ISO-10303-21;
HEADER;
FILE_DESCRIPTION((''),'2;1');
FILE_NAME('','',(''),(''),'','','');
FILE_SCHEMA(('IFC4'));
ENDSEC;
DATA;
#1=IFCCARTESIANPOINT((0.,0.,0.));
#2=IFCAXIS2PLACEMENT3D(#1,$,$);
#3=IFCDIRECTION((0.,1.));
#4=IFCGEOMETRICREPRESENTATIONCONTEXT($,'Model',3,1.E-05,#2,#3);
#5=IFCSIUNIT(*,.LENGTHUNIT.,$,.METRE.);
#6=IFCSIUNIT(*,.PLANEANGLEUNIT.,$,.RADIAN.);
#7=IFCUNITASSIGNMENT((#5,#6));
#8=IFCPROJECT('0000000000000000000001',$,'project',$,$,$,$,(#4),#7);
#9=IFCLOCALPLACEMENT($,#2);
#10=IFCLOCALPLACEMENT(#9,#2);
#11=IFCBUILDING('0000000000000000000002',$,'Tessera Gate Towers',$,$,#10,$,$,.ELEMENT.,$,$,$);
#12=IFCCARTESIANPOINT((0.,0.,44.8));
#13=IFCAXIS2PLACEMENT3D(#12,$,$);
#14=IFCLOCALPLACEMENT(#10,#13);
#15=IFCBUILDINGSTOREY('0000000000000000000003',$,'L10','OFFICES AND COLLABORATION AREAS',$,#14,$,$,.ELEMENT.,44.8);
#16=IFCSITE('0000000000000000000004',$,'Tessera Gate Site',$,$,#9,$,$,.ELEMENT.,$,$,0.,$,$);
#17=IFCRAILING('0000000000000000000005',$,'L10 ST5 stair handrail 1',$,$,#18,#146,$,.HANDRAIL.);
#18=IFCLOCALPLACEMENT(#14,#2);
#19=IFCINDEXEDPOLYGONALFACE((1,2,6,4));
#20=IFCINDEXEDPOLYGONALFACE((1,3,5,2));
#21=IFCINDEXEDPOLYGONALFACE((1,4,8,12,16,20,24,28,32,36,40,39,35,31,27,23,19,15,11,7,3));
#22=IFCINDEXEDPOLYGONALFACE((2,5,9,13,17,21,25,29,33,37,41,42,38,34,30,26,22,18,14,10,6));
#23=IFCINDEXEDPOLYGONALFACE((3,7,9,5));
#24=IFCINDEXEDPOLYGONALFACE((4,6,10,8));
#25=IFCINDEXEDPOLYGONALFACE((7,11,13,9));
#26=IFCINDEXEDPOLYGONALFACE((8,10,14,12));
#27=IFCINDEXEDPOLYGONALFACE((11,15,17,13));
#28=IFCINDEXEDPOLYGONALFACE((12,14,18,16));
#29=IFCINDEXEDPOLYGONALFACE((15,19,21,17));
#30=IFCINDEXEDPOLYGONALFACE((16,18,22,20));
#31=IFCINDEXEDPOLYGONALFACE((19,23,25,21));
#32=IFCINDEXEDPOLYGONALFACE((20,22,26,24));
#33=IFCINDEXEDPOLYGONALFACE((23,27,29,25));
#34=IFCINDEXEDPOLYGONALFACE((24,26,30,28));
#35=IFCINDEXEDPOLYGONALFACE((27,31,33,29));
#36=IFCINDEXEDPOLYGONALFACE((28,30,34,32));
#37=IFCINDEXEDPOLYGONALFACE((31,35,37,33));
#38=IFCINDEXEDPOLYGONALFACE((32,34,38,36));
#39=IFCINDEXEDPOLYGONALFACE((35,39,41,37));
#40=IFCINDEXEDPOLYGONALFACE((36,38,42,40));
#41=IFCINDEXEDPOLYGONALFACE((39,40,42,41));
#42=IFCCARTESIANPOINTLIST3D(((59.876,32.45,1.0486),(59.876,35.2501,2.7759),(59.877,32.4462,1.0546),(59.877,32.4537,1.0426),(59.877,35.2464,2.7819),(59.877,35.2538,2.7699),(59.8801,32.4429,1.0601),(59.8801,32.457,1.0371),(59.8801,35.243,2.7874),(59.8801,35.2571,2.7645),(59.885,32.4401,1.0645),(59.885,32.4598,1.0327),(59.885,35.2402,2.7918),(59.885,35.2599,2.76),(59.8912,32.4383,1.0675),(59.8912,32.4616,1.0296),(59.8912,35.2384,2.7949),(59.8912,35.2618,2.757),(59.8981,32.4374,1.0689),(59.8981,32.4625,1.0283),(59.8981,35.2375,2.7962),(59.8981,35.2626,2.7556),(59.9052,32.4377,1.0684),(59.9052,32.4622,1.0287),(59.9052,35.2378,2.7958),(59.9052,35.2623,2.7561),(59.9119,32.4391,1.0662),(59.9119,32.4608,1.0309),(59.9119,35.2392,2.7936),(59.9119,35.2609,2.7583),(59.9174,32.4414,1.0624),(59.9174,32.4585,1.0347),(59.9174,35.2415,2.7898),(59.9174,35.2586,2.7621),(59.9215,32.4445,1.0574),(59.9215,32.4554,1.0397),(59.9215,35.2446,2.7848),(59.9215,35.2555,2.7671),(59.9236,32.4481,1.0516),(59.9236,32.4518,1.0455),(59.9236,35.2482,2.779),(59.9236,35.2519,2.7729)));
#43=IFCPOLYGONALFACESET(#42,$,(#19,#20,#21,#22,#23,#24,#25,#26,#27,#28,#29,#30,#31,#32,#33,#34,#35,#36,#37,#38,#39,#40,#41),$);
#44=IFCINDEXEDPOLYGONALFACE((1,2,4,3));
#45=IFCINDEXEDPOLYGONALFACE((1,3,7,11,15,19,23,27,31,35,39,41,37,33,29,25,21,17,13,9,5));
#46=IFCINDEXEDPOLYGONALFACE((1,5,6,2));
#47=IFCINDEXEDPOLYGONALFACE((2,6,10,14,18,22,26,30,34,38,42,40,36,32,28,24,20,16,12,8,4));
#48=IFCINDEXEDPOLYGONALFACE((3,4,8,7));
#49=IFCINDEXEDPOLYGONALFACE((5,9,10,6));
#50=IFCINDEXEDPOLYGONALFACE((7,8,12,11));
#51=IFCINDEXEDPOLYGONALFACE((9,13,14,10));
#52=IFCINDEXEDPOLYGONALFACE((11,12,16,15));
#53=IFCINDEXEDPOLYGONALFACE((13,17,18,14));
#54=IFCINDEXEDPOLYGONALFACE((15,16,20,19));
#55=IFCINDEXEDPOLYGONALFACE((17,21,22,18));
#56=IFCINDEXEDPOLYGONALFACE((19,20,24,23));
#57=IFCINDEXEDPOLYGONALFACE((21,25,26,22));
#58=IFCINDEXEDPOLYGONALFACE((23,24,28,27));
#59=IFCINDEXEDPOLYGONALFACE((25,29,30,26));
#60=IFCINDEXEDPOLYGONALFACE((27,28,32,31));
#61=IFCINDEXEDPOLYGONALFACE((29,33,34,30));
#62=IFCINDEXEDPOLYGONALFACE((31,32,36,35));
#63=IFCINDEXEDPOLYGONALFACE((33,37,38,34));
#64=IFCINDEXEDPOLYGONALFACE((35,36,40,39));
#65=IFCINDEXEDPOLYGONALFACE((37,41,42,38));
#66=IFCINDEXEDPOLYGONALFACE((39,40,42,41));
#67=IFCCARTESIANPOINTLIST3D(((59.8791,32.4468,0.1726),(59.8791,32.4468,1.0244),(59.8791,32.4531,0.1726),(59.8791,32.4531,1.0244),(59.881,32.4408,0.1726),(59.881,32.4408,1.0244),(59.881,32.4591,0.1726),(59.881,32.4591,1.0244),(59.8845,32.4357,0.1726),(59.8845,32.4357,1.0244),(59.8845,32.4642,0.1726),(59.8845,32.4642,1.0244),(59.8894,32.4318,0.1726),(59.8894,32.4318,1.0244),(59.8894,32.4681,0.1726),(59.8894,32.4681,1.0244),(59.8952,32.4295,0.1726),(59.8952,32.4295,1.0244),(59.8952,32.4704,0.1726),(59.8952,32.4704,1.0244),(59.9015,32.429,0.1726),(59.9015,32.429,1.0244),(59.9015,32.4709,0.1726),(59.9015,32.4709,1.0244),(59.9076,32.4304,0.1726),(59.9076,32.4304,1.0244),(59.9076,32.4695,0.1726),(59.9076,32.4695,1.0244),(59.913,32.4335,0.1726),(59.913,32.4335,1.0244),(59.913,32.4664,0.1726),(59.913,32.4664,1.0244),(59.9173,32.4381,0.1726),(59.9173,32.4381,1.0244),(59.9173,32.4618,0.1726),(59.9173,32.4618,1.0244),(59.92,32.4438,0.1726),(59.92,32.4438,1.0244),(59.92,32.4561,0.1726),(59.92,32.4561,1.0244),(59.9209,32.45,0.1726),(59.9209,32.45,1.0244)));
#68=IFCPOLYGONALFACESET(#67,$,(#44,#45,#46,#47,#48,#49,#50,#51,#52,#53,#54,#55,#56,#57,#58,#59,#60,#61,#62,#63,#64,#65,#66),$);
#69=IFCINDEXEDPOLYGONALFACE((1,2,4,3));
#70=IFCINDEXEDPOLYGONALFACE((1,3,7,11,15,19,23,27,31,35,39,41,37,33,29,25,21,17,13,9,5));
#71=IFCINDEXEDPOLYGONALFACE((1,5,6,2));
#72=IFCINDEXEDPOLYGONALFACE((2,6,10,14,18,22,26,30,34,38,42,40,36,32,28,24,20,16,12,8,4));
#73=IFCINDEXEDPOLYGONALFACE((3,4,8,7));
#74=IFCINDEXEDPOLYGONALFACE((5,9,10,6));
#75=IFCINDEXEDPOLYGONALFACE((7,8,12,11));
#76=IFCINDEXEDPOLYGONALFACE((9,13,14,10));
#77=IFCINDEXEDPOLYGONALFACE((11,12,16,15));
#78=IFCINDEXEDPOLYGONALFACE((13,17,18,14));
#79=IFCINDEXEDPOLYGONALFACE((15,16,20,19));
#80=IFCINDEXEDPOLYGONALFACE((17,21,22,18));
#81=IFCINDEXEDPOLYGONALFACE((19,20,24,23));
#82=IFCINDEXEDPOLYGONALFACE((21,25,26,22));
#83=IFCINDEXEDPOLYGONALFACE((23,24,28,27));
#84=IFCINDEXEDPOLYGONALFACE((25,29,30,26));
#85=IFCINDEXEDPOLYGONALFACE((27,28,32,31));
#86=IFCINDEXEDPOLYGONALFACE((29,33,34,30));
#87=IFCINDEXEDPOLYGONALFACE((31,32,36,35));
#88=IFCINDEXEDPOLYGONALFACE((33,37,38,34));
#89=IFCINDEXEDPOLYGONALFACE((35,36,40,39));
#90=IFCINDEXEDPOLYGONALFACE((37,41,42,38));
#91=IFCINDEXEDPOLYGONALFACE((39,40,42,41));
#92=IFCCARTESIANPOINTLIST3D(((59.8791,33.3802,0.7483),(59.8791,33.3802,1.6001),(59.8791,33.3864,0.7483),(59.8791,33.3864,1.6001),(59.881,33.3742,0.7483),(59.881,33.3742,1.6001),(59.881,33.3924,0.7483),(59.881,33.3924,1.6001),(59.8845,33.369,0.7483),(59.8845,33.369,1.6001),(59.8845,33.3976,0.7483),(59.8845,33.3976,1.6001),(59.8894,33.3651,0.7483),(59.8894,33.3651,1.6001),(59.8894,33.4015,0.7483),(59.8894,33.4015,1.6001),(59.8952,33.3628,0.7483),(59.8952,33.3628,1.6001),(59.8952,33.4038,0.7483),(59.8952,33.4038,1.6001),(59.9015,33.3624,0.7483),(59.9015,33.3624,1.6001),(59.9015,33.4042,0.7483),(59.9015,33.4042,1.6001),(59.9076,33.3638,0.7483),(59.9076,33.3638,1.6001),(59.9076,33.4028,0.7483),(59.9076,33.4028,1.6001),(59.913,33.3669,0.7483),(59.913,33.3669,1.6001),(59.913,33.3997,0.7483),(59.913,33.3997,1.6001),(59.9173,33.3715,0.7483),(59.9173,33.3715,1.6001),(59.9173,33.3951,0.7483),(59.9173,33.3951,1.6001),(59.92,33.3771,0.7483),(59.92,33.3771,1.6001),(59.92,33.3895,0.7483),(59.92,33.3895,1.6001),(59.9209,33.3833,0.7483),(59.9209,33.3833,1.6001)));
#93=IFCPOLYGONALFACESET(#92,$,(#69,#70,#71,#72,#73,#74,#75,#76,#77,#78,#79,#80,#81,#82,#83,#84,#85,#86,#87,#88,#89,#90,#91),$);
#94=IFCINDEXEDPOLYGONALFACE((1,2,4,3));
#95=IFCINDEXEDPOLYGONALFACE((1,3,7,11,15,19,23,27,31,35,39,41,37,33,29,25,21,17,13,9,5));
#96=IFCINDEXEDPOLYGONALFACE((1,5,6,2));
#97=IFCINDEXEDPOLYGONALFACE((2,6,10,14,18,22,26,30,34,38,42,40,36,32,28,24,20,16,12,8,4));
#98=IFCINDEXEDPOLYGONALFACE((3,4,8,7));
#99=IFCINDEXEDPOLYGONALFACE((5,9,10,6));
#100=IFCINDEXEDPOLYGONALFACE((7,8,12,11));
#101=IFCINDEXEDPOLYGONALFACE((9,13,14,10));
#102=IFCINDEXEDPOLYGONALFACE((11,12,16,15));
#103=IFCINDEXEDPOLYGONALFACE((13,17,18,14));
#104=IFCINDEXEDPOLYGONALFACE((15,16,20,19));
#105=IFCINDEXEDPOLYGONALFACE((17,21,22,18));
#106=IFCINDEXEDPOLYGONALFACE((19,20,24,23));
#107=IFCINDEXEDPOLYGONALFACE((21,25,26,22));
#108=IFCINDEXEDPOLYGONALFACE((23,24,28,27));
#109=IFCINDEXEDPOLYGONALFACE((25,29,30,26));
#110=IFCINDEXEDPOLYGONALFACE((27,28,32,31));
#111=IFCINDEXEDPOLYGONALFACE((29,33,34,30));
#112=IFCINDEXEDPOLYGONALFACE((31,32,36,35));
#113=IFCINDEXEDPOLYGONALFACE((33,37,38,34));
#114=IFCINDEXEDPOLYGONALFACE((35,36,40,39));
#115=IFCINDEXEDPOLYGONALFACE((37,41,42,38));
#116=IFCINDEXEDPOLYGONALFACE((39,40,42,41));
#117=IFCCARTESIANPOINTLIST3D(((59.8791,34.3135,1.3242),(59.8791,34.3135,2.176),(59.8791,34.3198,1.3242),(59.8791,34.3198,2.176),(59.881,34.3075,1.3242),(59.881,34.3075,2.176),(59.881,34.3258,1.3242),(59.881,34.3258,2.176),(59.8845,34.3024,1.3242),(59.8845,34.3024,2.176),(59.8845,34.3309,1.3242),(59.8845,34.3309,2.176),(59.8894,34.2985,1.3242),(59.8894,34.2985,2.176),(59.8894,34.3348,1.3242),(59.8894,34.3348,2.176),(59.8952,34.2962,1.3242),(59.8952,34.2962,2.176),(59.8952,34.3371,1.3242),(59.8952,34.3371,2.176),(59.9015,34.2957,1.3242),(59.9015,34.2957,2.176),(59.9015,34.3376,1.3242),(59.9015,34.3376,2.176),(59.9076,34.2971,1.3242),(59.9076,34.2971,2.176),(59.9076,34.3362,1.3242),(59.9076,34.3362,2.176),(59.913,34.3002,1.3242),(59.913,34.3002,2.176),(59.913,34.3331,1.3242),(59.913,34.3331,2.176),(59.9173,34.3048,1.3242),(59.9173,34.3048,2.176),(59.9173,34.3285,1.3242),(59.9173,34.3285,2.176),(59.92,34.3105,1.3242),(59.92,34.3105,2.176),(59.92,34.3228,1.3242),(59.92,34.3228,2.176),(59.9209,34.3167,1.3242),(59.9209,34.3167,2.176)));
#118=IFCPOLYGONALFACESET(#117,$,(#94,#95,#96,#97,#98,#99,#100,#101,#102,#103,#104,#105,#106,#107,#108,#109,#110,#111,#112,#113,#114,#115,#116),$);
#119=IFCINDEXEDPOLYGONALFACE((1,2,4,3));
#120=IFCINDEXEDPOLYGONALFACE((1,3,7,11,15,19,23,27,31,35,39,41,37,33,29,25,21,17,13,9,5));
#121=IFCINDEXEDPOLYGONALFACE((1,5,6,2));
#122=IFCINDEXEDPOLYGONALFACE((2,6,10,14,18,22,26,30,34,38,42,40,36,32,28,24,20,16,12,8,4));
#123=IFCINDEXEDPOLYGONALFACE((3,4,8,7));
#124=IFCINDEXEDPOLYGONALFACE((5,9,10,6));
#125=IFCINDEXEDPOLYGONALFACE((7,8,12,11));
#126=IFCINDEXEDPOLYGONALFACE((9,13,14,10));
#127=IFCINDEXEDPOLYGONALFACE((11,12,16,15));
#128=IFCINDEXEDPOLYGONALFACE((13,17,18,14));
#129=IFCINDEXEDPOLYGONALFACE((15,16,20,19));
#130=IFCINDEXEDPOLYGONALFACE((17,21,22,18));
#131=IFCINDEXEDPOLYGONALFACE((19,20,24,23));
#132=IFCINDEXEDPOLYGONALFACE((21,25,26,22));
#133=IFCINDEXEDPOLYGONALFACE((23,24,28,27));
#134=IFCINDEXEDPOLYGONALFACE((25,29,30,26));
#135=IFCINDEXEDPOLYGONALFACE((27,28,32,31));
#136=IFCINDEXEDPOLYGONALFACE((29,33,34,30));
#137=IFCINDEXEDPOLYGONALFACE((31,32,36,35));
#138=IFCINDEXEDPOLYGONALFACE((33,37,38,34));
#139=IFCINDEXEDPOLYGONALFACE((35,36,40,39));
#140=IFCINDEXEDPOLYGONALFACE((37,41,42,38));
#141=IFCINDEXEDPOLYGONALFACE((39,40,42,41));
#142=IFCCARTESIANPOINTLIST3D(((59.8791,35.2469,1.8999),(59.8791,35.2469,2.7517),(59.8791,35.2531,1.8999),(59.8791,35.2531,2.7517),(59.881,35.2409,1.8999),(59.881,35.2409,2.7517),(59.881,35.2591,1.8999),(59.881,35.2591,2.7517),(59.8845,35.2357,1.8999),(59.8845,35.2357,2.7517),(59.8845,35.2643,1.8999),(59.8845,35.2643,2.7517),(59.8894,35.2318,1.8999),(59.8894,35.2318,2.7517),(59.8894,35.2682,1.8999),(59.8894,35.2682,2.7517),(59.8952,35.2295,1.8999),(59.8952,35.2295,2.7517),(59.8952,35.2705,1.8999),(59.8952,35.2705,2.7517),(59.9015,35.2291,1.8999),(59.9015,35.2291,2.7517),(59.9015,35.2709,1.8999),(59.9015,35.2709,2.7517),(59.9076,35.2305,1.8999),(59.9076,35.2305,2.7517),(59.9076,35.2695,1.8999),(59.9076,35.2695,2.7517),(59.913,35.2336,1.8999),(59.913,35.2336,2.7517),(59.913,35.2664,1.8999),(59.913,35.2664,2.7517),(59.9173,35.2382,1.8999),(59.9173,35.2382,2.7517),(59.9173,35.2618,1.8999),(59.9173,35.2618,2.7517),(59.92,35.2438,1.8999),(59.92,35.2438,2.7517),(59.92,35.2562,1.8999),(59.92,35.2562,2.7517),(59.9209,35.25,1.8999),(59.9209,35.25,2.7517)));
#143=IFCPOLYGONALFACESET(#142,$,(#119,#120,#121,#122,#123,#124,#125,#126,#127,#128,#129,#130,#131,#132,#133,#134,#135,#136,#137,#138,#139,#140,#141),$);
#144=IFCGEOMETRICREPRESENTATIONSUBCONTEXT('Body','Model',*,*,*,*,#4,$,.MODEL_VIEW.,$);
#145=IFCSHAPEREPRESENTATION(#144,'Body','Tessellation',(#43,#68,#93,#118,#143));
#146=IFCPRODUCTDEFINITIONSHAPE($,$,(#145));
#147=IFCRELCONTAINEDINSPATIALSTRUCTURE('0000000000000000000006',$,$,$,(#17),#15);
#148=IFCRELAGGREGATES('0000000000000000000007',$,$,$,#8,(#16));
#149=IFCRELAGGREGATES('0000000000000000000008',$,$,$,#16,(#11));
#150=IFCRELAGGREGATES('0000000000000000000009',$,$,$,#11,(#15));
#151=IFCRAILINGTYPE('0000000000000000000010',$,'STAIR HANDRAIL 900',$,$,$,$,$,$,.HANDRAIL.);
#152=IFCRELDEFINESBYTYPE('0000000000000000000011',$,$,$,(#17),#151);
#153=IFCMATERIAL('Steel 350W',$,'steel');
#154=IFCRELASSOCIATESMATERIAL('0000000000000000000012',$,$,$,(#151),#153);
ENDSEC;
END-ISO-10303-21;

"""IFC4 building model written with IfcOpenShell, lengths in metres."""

from ifc_helpers import new_model, si_unit, direction, frame, origin, origin_2d, place, context, subcontext, project, spatial, circle, extrude, material, type_object, element, save


model = new_model("IFC4")

# Units and contexts
model_context = context("Model", 3, precision=1e-05, world=origin(), true_north=direction((0.0, 1.0)))
body_context = subcontext(model_context, "Body", "Model", "MODEL_VIEW")
ifc_project = project(units=[si_unit("LENGTHUNIT", "METRE"), si_unit("PLANEANGLEUNIT", "RADIAN")], contexts=[model_context])

# Site, building, storey
site_placement = place(None, origin())
site = spatial("IfcSite", under=ifc_project, at=site_placement, Name="Tessera Gate Site", CompositionType="ELEMENT", RefElevation=0.0)
building_placement = place(site_placement, origin())
building = spatial("IfcBuilding", under=site, at=building_placement, Name="Tessera Gate Towers", CompositionType="ELEMENT")
storey_placement = place(building_placement, frame((0.0, 0.0, 44.8)))
storey = spatial("IfcBuildingStorey", under=building, at=storey_placement, Name="L10", Description="OFFICES AND COLLABORATION AREAS", CompositionType="ELEMENT", Elevation=44.8)

# Railing
ifc_material_1 = material(Name="Steel 350W", Category="steel")
railing_type = type_object("IfcRailingType", Name="STAIR HANDRAIL 900", PredefinedType="HANDRAIL", material=ifc_material_1)
railing_placement = place(storey_placement, frame((59.8999, 32.45, 0.1726)))
element("IfcRailing", 1, at=railing_placement, inside=storey, type_object=railing_type, Name="L10 ST5 stair handrail 1", PredefinedType="HANDRAIL", context=body_context, shape_type="SweptSolid", body=[
    extrude(circle(Radius=0.0239, at=origin_2d()), frame((0.0, 0.0, 0.876), z_axis=(0.0, 0.85109, 0.52502), x_axis=(-1.0, 0.0, 0.0)), (0.0, 0.0, 1.0), 3.29),
    extrude(circle(Radius=0.021, at=origin_2d()), origin(), (0.0, 0.0, 1.0), 0.8518),
    extrude(circle(Radius=0.021, at=origin_2d()), frame((0.0, 0.9333, 0.5757)), (0.0, 0.0, 1.0), 0.8518),
    extrude(circle(Radius=0.021, at=origin_2d()), frame((0.0, 1.8667, 1.1516)), (0.0, 0.0, 1.0), 0.8518),
    extrude(circle(Radius=0.021, at=origin_2d()), frame((0.0, 2.8, 1.7273)), (0.0, 0.0, 1.0), 0.8518),
])

save(model, "model.ifc")
